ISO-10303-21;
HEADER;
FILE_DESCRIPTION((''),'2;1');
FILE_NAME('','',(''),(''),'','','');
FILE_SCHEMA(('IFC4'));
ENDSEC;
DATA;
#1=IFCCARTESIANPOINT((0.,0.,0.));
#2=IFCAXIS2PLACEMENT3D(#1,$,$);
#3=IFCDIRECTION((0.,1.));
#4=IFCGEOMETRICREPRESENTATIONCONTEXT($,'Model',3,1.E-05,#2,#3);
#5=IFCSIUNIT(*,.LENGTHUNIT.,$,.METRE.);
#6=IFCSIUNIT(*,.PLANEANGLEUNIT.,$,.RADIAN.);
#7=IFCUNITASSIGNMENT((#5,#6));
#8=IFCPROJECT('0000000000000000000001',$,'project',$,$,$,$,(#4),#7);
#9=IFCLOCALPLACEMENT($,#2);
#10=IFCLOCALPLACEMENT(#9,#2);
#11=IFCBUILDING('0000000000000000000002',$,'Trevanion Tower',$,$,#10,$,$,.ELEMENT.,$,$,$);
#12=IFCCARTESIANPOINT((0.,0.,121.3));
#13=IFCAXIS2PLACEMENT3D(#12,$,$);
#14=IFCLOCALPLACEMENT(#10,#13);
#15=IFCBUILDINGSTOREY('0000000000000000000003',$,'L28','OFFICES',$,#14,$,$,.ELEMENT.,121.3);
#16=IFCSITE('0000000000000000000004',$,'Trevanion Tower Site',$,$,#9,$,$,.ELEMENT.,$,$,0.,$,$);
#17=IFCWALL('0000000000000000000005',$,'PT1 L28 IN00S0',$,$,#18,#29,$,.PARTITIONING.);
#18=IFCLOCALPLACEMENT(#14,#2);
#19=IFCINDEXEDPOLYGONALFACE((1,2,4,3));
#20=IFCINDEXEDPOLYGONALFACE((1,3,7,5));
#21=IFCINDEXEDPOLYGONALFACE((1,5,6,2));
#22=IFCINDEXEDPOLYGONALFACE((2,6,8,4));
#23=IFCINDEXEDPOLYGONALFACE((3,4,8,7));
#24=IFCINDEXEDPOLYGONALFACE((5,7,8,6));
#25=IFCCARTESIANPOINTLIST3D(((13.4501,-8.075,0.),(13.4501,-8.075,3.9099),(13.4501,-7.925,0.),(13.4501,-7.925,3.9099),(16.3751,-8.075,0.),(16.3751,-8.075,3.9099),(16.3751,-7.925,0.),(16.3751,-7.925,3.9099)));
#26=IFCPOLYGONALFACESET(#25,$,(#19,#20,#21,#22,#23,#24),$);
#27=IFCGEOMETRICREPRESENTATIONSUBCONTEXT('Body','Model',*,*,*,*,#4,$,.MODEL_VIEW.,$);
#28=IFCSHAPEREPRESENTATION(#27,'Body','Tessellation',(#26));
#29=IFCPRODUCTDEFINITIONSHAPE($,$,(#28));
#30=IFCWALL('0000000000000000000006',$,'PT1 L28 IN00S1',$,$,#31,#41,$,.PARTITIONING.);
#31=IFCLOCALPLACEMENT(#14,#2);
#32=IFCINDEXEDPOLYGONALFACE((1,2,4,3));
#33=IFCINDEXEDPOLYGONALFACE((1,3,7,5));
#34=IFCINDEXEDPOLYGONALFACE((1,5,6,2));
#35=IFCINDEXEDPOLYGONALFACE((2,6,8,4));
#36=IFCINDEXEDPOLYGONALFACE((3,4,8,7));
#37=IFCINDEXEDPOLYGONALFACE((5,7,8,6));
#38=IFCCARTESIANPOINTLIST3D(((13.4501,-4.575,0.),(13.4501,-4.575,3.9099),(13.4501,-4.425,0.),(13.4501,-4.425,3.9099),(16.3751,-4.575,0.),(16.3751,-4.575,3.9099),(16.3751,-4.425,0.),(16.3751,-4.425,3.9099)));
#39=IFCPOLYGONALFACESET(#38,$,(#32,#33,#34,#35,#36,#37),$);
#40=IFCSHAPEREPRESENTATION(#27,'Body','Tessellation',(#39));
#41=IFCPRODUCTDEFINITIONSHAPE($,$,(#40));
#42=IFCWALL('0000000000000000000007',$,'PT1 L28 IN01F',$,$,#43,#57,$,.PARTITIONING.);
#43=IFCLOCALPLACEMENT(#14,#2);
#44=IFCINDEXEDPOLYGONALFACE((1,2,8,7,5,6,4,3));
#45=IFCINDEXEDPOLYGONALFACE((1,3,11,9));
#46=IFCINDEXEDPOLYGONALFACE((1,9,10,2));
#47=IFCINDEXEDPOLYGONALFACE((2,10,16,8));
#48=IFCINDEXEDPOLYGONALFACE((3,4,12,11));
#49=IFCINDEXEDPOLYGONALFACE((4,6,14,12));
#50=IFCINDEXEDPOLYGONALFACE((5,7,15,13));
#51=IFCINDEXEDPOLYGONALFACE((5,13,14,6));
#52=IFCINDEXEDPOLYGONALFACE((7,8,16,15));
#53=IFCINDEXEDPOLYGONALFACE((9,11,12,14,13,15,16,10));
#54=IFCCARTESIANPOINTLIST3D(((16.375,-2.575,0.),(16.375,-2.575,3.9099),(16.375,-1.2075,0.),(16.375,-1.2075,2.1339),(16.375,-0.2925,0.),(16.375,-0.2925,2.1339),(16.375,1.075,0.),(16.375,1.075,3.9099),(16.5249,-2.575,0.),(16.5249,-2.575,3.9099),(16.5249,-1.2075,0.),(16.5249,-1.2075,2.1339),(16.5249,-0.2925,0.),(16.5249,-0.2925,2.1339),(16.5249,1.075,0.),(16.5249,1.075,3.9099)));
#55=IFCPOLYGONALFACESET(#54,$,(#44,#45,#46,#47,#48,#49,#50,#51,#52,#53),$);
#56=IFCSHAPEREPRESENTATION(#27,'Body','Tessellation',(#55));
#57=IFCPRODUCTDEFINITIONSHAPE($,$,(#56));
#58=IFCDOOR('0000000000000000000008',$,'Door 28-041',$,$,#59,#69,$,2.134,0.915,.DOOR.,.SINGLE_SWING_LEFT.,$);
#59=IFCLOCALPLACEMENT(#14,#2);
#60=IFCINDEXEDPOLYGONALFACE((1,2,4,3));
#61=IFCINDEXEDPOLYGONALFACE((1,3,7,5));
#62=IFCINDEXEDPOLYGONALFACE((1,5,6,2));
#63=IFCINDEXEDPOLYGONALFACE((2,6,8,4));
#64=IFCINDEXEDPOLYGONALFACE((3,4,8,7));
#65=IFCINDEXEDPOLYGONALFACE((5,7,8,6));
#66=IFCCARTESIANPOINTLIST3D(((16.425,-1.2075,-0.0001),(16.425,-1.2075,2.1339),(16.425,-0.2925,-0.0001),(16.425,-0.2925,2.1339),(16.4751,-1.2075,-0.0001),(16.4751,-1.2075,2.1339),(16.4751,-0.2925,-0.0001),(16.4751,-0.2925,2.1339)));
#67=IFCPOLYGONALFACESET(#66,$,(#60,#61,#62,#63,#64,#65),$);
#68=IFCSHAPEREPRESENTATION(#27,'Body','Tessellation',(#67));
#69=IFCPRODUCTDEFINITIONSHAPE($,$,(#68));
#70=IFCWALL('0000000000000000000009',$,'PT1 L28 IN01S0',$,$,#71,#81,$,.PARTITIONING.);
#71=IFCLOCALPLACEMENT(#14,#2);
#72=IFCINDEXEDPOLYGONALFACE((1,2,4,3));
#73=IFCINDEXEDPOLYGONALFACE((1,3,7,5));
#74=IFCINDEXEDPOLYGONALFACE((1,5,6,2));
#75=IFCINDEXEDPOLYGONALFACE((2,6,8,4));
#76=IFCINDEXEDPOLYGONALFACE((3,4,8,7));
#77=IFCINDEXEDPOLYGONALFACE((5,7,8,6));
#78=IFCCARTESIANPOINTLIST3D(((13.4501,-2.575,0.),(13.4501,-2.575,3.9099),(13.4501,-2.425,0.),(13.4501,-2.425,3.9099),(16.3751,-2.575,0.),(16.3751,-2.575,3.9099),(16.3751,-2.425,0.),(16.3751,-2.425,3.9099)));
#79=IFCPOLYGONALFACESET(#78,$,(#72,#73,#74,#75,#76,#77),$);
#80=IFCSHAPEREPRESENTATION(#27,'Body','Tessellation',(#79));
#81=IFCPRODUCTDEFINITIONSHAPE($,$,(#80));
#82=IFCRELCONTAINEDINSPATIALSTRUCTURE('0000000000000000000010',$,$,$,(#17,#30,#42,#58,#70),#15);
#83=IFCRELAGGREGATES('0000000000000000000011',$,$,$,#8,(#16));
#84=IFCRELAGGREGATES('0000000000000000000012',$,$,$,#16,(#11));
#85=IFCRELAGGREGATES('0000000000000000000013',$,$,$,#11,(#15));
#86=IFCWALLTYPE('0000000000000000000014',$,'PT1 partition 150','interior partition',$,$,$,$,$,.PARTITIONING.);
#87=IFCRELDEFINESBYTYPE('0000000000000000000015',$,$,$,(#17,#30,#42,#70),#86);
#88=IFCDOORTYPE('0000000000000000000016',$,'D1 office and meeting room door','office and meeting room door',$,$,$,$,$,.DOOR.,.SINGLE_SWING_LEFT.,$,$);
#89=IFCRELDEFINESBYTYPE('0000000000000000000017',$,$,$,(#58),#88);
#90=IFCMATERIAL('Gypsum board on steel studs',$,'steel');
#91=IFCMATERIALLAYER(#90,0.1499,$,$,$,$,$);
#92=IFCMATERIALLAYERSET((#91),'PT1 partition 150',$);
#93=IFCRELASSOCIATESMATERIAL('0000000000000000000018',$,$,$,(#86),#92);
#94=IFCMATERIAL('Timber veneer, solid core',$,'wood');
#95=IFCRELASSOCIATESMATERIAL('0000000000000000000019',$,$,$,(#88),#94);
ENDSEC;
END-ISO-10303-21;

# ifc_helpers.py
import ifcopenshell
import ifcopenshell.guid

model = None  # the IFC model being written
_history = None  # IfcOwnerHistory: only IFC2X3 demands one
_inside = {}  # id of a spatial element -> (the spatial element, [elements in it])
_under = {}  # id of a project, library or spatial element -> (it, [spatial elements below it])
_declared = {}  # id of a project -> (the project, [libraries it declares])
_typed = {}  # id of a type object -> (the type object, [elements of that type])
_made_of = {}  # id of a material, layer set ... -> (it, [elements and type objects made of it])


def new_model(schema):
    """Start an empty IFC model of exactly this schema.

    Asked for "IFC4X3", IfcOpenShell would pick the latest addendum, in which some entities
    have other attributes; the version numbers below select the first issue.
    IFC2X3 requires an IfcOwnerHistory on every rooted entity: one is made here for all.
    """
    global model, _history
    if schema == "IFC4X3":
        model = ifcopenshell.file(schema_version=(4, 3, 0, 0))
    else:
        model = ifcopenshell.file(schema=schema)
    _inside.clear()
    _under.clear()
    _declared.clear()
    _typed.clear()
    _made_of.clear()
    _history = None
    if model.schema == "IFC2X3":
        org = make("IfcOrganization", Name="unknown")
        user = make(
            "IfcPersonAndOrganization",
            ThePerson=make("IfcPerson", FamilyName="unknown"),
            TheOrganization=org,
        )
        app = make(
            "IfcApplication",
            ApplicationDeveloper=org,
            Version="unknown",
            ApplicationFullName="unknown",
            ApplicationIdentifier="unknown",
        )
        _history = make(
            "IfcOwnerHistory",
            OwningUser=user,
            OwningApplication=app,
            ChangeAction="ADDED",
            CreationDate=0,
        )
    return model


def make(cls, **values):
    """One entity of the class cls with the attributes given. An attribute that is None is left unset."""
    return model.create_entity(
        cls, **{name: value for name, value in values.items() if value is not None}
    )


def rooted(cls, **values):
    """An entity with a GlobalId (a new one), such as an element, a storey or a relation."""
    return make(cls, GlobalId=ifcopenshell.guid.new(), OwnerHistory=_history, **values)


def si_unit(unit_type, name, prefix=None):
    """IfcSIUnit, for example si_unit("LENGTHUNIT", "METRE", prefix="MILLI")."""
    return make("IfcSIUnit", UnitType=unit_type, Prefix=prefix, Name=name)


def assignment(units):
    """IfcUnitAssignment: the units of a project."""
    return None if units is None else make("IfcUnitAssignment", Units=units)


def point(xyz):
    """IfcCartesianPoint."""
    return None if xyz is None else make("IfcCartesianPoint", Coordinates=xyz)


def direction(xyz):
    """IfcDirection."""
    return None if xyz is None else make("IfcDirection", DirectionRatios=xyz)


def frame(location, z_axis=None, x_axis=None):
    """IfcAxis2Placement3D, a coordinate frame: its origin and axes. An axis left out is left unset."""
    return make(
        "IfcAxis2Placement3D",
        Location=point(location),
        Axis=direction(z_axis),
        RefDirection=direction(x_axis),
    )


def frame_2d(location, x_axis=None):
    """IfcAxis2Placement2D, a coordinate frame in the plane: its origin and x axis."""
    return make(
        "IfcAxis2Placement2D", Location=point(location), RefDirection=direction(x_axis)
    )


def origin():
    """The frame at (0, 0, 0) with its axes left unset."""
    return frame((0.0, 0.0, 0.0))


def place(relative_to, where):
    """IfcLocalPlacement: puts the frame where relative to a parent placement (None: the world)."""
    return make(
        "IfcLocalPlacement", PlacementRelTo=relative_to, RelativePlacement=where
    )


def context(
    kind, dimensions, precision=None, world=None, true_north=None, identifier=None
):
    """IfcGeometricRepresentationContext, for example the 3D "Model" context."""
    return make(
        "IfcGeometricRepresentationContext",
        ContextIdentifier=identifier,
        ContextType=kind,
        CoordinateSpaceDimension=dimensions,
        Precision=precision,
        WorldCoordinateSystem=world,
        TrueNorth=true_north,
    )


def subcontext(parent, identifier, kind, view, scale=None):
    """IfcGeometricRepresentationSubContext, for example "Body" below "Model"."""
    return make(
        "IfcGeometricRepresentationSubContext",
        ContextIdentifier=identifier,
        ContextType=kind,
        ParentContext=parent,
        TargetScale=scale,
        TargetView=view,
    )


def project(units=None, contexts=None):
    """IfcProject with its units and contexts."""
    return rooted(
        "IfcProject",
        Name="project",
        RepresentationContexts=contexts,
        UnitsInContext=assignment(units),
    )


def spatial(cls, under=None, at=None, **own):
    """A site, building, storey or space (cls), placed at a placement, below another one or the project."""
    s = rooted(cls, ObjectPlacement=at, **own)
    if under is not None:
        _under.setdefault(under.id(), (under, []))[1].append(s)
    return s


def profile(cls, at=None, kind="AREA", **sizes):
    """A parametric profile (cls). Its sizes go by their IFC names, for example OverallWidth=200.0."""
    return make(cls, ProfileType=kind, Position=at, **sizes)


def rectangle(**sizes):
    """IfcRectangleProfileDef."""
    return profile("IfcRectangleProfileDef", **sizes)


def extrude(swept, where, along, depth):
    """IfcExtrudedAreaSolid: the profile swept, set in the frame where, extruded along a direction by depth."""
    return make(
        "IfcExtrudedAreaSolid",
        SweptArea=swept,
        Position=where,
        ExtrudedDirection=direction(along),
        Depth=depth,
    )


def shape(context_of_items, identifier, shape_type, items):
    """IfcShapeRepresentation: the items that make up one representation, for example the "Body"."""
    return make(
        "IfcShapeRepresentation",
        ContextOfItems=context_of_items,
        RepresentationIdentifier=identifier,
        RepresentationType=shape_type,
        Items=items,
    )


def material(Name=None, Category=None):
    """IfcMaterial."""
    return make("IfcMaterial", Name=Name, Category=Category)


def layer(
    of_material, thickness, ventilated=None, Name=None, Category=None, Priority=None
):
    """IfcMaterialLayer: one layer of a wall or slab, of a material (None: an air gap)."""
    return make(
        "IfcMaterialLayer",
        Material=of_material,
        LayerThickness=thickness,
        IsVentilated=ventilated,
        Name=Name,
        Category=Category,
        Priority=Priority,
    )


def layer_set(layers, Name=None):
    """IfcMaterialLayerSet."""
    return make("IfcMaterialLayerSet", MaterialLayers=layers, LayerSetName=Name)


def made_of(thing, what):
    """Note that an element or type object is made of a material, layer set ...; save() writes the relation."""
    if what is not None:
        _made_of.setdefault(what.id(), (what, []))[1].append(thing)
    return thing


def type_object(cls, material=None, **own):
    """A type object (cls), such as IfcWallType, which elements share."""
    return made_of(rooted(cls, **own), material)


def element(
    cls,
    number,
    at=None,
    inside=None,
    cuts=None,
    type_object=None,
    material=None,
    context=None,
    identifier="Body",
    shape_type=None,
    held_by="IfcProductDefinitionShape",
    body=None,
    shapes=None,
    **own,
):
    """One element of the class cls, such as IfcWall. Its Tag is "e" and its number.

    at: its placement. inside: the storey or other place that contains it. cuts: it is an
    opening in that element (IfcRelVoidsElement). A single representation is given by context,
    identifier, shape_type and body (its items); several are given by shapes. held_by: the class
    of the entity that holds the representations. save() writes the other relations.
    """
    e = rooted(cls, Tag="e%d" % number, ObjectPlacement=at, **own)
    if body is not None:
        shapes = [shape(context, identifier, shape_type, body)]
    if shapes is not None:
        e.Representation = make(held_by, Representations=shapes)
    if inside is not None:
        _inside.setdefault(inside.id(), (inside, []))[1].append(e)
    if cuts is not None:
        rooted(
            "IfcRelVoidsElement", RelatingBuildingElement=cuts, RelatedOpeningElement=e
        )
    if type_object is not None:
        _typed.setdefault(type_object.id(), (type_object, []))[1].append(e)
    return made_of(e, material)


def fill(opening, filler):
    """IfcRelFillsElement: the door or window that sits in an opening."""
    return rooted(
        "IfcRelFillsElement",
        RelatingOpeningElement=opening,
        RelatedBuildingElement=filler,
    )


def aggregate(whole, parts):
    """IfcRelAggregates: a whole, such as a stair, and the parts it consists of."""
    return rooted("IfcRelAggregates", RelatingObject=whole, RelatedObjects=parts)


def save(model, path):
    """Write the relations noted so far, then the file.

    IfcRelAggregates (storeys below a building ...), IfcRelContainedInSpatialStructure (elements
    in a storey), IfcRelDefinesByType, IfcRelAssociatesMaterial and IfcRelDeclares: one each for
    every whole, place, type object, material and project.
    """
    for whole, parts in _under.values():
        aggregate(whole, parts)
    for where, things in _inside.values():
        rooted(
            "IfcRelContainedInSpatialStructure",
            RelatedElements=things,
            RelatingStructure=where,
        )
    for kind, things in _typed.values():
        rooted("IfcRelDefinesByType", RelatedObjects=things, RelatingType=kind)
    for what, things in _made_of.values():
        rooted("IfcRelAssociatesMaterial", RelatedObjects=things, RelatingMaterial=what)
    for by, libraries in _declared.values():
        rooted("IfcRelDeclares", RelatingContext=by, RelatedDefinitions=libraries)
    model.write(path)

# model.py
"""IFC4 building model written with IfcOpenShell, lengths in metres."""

from ifc_helpers import new_model, si_unit, direction, frame, frame_2d, origin, place, context, subcontext, project, spatial, rectangle, extrude, material, layer, layer_set, type_object, element, fill, save


model = new_model("IFC4")

# Units and contexts
model_context = context("Model", 3, precision=1e-05, world=origin(), true_north=direction((0.0, 1.0)))
body_context = subcontext(model_context, "Body", "Model", "MODEL_VIEW")
ifc_project = project(units=[si_unit("LENGTHUNIT", "METRE"), si_unit("PLANEANGLEUNIT", "RADIAN")], contexts=[model_context])

# Site, building, storey
site_placement = place(None, origin())
site = spatial("IfcSite", under=ifc_project, at=site_placement, Name="Trevanion Tower Site", CompositionType="ELEMENT", RefElevation=0.0)
building_placement = place(site_placement, origin())
building = spatial("IfcBuilding", under=site, at=building_placement, Name="Trevanion Tower", CompositionType="ELEMENT")
storey_placement = place(building_placement, frame((0.0, 0.0, 121.3)))
storey = spatial("IfcBuildingStorey", under=building, at=storey_placement, Name="L28", Description="OFFICES", CompositionType="ELEMENT", Elevation=121.3)

# Shared definitions
ifc_material_1 = material(Name="Gypsum board on steel studs", Category="steel")
ifc_layer_1 = layer(ifc_material_1, 0.1499)
ifc_layer_set_1 = layer_set([ifc_layer_1], Name="PT1 partition 150")
wall_type = type_object("IfcWallType", Name="PT1 partition 150", Description="interior partition", PredefinedType="PARTITIONING", material=ifc_layer_set_1)
ifc_material_2 = material(Name="Timber veneer, solid core", Category="wood")
door_type = type_object("IfcDoorType", Name="D1 office and meeting room door", Description="office and meeting room door", OperationType="SINGLE_SWING_LEFT", PredefinedType="DOOR", material=ifc_material_2)

# Walls
for number, where, z_axis, x_axis, name in (
    (1, (16.375, -8.0, 0.0), (0.0, 0.0, 1.0), (-1.0, 0.0, 0.0), "PT1 L28 IN00S0"),
    (2, (16.375, -4.5, 0.0), (0.0, 0.0, 1.0), (-1.0, 0.0, 0.0), "PT1 L28 IN00S1"),
):
    element("IfcWall", number, at=place(storey_placement, frame(where, z_axis=z_axis, x_axis=x_axis)), inside=storey, type_object=wall_type, Name=name, PredefinedType="PARTITIONING", context=body_context, shape_type="SweptSolid", body=[
        extrude(rectangle(XDim=2.925, YDim=0.1499, at=frame_2d((1.4624, 0.0))), origin(), (0.0, 0.0, 1.0), 3.9099),
    ])

# Wall, opening, door
wall_1_placement = place(storey_placement, frame((16.45, -2.575, 0.0), z_axis=(0.0, 0.0, 1.0), x_axis=(0.0, 1.0, 0.0)))
wall_1 = element("IfcWall", 3, at=wall_1_placement, inside=storey, type_object=wall_type, Name="PT1 L28 IN01F", PredefinedType="PARTITIONING", context=body_context, shape_type="SweptSolid", body=[
    extrude(rectangle(XDim=3.6499, YDim=0.1499, at=frame_2d((1.825, 0.0))), origin(), (0.0, 0.0, 1.0), 3.9099),
])
opening_1_placement = place(wall_1_placement, frame((1.3674, 0.0, 0.0)))
opening_1 = element("IfcOpeningElement", 4, at=opening_1_placement, cuts=wall_1, PredefinedType="OPENING", context=body_context, shape_type="SweptSolid", body=[
    extrude(rectangle(XDim=0.915, YDim=2.134, at=frame_2d((0.4575, 1.0669))), frame((0.0, 0.085, 0.0), z_axis=(0.0, -1.0, 0.0), x_axis=(1.0, 0.0, 0.0)), (0.0, 0.0, 1.0), 0.1699),
])
door_1_placement = place(opening_1_placement, origin())
door_1 = element("IfcDoor", 5, at=door_1_placement, inside=storey, type_object=door_type, Name="Door 28-041", OperationType="SINGLE_SWING_LEFT", OverallHeight=2.134, OverallWidth=0.915, PredefinedType="DOOR", context=body_context, shape_type="SweptSolid", body=[
    extrude(rectangle(XDim=0.915, YDim=2.134, at=frame_2d((0.4575, 1.0669))), frame((0.0, 0.0249, 0.0), z_axis=(0.0, -1.0, 0.0), x_axis=(1.0, 0.0, 0.0)), (0.0, 0.0, 1.0), 0.05),
])
fill(opening_1, door_1)

# Wall
wall_2_placement = place(storey_placement, frame((16.375, -2.5, 0.0), z_axis=(0.0, 0.0, 1.0), x_axis=(-1.0, 0.0, 0.0)))
element("IfcWall", 6, at=wall_2_placement, inside=storey, type_object=wall_type, Name="PT1 L28 IN01S0", PredefinedType="PARTITIONING", context=body_context, shape_type="SweptSolid", body=[
    extrude(rectangle(XDim=2.925, YDim=0.1499, at=frame_2d((1.4624, 0.0))), origin(), (0.0, 0.0, 1.0), 3.9099),
])

save(model, "model.ifc")
